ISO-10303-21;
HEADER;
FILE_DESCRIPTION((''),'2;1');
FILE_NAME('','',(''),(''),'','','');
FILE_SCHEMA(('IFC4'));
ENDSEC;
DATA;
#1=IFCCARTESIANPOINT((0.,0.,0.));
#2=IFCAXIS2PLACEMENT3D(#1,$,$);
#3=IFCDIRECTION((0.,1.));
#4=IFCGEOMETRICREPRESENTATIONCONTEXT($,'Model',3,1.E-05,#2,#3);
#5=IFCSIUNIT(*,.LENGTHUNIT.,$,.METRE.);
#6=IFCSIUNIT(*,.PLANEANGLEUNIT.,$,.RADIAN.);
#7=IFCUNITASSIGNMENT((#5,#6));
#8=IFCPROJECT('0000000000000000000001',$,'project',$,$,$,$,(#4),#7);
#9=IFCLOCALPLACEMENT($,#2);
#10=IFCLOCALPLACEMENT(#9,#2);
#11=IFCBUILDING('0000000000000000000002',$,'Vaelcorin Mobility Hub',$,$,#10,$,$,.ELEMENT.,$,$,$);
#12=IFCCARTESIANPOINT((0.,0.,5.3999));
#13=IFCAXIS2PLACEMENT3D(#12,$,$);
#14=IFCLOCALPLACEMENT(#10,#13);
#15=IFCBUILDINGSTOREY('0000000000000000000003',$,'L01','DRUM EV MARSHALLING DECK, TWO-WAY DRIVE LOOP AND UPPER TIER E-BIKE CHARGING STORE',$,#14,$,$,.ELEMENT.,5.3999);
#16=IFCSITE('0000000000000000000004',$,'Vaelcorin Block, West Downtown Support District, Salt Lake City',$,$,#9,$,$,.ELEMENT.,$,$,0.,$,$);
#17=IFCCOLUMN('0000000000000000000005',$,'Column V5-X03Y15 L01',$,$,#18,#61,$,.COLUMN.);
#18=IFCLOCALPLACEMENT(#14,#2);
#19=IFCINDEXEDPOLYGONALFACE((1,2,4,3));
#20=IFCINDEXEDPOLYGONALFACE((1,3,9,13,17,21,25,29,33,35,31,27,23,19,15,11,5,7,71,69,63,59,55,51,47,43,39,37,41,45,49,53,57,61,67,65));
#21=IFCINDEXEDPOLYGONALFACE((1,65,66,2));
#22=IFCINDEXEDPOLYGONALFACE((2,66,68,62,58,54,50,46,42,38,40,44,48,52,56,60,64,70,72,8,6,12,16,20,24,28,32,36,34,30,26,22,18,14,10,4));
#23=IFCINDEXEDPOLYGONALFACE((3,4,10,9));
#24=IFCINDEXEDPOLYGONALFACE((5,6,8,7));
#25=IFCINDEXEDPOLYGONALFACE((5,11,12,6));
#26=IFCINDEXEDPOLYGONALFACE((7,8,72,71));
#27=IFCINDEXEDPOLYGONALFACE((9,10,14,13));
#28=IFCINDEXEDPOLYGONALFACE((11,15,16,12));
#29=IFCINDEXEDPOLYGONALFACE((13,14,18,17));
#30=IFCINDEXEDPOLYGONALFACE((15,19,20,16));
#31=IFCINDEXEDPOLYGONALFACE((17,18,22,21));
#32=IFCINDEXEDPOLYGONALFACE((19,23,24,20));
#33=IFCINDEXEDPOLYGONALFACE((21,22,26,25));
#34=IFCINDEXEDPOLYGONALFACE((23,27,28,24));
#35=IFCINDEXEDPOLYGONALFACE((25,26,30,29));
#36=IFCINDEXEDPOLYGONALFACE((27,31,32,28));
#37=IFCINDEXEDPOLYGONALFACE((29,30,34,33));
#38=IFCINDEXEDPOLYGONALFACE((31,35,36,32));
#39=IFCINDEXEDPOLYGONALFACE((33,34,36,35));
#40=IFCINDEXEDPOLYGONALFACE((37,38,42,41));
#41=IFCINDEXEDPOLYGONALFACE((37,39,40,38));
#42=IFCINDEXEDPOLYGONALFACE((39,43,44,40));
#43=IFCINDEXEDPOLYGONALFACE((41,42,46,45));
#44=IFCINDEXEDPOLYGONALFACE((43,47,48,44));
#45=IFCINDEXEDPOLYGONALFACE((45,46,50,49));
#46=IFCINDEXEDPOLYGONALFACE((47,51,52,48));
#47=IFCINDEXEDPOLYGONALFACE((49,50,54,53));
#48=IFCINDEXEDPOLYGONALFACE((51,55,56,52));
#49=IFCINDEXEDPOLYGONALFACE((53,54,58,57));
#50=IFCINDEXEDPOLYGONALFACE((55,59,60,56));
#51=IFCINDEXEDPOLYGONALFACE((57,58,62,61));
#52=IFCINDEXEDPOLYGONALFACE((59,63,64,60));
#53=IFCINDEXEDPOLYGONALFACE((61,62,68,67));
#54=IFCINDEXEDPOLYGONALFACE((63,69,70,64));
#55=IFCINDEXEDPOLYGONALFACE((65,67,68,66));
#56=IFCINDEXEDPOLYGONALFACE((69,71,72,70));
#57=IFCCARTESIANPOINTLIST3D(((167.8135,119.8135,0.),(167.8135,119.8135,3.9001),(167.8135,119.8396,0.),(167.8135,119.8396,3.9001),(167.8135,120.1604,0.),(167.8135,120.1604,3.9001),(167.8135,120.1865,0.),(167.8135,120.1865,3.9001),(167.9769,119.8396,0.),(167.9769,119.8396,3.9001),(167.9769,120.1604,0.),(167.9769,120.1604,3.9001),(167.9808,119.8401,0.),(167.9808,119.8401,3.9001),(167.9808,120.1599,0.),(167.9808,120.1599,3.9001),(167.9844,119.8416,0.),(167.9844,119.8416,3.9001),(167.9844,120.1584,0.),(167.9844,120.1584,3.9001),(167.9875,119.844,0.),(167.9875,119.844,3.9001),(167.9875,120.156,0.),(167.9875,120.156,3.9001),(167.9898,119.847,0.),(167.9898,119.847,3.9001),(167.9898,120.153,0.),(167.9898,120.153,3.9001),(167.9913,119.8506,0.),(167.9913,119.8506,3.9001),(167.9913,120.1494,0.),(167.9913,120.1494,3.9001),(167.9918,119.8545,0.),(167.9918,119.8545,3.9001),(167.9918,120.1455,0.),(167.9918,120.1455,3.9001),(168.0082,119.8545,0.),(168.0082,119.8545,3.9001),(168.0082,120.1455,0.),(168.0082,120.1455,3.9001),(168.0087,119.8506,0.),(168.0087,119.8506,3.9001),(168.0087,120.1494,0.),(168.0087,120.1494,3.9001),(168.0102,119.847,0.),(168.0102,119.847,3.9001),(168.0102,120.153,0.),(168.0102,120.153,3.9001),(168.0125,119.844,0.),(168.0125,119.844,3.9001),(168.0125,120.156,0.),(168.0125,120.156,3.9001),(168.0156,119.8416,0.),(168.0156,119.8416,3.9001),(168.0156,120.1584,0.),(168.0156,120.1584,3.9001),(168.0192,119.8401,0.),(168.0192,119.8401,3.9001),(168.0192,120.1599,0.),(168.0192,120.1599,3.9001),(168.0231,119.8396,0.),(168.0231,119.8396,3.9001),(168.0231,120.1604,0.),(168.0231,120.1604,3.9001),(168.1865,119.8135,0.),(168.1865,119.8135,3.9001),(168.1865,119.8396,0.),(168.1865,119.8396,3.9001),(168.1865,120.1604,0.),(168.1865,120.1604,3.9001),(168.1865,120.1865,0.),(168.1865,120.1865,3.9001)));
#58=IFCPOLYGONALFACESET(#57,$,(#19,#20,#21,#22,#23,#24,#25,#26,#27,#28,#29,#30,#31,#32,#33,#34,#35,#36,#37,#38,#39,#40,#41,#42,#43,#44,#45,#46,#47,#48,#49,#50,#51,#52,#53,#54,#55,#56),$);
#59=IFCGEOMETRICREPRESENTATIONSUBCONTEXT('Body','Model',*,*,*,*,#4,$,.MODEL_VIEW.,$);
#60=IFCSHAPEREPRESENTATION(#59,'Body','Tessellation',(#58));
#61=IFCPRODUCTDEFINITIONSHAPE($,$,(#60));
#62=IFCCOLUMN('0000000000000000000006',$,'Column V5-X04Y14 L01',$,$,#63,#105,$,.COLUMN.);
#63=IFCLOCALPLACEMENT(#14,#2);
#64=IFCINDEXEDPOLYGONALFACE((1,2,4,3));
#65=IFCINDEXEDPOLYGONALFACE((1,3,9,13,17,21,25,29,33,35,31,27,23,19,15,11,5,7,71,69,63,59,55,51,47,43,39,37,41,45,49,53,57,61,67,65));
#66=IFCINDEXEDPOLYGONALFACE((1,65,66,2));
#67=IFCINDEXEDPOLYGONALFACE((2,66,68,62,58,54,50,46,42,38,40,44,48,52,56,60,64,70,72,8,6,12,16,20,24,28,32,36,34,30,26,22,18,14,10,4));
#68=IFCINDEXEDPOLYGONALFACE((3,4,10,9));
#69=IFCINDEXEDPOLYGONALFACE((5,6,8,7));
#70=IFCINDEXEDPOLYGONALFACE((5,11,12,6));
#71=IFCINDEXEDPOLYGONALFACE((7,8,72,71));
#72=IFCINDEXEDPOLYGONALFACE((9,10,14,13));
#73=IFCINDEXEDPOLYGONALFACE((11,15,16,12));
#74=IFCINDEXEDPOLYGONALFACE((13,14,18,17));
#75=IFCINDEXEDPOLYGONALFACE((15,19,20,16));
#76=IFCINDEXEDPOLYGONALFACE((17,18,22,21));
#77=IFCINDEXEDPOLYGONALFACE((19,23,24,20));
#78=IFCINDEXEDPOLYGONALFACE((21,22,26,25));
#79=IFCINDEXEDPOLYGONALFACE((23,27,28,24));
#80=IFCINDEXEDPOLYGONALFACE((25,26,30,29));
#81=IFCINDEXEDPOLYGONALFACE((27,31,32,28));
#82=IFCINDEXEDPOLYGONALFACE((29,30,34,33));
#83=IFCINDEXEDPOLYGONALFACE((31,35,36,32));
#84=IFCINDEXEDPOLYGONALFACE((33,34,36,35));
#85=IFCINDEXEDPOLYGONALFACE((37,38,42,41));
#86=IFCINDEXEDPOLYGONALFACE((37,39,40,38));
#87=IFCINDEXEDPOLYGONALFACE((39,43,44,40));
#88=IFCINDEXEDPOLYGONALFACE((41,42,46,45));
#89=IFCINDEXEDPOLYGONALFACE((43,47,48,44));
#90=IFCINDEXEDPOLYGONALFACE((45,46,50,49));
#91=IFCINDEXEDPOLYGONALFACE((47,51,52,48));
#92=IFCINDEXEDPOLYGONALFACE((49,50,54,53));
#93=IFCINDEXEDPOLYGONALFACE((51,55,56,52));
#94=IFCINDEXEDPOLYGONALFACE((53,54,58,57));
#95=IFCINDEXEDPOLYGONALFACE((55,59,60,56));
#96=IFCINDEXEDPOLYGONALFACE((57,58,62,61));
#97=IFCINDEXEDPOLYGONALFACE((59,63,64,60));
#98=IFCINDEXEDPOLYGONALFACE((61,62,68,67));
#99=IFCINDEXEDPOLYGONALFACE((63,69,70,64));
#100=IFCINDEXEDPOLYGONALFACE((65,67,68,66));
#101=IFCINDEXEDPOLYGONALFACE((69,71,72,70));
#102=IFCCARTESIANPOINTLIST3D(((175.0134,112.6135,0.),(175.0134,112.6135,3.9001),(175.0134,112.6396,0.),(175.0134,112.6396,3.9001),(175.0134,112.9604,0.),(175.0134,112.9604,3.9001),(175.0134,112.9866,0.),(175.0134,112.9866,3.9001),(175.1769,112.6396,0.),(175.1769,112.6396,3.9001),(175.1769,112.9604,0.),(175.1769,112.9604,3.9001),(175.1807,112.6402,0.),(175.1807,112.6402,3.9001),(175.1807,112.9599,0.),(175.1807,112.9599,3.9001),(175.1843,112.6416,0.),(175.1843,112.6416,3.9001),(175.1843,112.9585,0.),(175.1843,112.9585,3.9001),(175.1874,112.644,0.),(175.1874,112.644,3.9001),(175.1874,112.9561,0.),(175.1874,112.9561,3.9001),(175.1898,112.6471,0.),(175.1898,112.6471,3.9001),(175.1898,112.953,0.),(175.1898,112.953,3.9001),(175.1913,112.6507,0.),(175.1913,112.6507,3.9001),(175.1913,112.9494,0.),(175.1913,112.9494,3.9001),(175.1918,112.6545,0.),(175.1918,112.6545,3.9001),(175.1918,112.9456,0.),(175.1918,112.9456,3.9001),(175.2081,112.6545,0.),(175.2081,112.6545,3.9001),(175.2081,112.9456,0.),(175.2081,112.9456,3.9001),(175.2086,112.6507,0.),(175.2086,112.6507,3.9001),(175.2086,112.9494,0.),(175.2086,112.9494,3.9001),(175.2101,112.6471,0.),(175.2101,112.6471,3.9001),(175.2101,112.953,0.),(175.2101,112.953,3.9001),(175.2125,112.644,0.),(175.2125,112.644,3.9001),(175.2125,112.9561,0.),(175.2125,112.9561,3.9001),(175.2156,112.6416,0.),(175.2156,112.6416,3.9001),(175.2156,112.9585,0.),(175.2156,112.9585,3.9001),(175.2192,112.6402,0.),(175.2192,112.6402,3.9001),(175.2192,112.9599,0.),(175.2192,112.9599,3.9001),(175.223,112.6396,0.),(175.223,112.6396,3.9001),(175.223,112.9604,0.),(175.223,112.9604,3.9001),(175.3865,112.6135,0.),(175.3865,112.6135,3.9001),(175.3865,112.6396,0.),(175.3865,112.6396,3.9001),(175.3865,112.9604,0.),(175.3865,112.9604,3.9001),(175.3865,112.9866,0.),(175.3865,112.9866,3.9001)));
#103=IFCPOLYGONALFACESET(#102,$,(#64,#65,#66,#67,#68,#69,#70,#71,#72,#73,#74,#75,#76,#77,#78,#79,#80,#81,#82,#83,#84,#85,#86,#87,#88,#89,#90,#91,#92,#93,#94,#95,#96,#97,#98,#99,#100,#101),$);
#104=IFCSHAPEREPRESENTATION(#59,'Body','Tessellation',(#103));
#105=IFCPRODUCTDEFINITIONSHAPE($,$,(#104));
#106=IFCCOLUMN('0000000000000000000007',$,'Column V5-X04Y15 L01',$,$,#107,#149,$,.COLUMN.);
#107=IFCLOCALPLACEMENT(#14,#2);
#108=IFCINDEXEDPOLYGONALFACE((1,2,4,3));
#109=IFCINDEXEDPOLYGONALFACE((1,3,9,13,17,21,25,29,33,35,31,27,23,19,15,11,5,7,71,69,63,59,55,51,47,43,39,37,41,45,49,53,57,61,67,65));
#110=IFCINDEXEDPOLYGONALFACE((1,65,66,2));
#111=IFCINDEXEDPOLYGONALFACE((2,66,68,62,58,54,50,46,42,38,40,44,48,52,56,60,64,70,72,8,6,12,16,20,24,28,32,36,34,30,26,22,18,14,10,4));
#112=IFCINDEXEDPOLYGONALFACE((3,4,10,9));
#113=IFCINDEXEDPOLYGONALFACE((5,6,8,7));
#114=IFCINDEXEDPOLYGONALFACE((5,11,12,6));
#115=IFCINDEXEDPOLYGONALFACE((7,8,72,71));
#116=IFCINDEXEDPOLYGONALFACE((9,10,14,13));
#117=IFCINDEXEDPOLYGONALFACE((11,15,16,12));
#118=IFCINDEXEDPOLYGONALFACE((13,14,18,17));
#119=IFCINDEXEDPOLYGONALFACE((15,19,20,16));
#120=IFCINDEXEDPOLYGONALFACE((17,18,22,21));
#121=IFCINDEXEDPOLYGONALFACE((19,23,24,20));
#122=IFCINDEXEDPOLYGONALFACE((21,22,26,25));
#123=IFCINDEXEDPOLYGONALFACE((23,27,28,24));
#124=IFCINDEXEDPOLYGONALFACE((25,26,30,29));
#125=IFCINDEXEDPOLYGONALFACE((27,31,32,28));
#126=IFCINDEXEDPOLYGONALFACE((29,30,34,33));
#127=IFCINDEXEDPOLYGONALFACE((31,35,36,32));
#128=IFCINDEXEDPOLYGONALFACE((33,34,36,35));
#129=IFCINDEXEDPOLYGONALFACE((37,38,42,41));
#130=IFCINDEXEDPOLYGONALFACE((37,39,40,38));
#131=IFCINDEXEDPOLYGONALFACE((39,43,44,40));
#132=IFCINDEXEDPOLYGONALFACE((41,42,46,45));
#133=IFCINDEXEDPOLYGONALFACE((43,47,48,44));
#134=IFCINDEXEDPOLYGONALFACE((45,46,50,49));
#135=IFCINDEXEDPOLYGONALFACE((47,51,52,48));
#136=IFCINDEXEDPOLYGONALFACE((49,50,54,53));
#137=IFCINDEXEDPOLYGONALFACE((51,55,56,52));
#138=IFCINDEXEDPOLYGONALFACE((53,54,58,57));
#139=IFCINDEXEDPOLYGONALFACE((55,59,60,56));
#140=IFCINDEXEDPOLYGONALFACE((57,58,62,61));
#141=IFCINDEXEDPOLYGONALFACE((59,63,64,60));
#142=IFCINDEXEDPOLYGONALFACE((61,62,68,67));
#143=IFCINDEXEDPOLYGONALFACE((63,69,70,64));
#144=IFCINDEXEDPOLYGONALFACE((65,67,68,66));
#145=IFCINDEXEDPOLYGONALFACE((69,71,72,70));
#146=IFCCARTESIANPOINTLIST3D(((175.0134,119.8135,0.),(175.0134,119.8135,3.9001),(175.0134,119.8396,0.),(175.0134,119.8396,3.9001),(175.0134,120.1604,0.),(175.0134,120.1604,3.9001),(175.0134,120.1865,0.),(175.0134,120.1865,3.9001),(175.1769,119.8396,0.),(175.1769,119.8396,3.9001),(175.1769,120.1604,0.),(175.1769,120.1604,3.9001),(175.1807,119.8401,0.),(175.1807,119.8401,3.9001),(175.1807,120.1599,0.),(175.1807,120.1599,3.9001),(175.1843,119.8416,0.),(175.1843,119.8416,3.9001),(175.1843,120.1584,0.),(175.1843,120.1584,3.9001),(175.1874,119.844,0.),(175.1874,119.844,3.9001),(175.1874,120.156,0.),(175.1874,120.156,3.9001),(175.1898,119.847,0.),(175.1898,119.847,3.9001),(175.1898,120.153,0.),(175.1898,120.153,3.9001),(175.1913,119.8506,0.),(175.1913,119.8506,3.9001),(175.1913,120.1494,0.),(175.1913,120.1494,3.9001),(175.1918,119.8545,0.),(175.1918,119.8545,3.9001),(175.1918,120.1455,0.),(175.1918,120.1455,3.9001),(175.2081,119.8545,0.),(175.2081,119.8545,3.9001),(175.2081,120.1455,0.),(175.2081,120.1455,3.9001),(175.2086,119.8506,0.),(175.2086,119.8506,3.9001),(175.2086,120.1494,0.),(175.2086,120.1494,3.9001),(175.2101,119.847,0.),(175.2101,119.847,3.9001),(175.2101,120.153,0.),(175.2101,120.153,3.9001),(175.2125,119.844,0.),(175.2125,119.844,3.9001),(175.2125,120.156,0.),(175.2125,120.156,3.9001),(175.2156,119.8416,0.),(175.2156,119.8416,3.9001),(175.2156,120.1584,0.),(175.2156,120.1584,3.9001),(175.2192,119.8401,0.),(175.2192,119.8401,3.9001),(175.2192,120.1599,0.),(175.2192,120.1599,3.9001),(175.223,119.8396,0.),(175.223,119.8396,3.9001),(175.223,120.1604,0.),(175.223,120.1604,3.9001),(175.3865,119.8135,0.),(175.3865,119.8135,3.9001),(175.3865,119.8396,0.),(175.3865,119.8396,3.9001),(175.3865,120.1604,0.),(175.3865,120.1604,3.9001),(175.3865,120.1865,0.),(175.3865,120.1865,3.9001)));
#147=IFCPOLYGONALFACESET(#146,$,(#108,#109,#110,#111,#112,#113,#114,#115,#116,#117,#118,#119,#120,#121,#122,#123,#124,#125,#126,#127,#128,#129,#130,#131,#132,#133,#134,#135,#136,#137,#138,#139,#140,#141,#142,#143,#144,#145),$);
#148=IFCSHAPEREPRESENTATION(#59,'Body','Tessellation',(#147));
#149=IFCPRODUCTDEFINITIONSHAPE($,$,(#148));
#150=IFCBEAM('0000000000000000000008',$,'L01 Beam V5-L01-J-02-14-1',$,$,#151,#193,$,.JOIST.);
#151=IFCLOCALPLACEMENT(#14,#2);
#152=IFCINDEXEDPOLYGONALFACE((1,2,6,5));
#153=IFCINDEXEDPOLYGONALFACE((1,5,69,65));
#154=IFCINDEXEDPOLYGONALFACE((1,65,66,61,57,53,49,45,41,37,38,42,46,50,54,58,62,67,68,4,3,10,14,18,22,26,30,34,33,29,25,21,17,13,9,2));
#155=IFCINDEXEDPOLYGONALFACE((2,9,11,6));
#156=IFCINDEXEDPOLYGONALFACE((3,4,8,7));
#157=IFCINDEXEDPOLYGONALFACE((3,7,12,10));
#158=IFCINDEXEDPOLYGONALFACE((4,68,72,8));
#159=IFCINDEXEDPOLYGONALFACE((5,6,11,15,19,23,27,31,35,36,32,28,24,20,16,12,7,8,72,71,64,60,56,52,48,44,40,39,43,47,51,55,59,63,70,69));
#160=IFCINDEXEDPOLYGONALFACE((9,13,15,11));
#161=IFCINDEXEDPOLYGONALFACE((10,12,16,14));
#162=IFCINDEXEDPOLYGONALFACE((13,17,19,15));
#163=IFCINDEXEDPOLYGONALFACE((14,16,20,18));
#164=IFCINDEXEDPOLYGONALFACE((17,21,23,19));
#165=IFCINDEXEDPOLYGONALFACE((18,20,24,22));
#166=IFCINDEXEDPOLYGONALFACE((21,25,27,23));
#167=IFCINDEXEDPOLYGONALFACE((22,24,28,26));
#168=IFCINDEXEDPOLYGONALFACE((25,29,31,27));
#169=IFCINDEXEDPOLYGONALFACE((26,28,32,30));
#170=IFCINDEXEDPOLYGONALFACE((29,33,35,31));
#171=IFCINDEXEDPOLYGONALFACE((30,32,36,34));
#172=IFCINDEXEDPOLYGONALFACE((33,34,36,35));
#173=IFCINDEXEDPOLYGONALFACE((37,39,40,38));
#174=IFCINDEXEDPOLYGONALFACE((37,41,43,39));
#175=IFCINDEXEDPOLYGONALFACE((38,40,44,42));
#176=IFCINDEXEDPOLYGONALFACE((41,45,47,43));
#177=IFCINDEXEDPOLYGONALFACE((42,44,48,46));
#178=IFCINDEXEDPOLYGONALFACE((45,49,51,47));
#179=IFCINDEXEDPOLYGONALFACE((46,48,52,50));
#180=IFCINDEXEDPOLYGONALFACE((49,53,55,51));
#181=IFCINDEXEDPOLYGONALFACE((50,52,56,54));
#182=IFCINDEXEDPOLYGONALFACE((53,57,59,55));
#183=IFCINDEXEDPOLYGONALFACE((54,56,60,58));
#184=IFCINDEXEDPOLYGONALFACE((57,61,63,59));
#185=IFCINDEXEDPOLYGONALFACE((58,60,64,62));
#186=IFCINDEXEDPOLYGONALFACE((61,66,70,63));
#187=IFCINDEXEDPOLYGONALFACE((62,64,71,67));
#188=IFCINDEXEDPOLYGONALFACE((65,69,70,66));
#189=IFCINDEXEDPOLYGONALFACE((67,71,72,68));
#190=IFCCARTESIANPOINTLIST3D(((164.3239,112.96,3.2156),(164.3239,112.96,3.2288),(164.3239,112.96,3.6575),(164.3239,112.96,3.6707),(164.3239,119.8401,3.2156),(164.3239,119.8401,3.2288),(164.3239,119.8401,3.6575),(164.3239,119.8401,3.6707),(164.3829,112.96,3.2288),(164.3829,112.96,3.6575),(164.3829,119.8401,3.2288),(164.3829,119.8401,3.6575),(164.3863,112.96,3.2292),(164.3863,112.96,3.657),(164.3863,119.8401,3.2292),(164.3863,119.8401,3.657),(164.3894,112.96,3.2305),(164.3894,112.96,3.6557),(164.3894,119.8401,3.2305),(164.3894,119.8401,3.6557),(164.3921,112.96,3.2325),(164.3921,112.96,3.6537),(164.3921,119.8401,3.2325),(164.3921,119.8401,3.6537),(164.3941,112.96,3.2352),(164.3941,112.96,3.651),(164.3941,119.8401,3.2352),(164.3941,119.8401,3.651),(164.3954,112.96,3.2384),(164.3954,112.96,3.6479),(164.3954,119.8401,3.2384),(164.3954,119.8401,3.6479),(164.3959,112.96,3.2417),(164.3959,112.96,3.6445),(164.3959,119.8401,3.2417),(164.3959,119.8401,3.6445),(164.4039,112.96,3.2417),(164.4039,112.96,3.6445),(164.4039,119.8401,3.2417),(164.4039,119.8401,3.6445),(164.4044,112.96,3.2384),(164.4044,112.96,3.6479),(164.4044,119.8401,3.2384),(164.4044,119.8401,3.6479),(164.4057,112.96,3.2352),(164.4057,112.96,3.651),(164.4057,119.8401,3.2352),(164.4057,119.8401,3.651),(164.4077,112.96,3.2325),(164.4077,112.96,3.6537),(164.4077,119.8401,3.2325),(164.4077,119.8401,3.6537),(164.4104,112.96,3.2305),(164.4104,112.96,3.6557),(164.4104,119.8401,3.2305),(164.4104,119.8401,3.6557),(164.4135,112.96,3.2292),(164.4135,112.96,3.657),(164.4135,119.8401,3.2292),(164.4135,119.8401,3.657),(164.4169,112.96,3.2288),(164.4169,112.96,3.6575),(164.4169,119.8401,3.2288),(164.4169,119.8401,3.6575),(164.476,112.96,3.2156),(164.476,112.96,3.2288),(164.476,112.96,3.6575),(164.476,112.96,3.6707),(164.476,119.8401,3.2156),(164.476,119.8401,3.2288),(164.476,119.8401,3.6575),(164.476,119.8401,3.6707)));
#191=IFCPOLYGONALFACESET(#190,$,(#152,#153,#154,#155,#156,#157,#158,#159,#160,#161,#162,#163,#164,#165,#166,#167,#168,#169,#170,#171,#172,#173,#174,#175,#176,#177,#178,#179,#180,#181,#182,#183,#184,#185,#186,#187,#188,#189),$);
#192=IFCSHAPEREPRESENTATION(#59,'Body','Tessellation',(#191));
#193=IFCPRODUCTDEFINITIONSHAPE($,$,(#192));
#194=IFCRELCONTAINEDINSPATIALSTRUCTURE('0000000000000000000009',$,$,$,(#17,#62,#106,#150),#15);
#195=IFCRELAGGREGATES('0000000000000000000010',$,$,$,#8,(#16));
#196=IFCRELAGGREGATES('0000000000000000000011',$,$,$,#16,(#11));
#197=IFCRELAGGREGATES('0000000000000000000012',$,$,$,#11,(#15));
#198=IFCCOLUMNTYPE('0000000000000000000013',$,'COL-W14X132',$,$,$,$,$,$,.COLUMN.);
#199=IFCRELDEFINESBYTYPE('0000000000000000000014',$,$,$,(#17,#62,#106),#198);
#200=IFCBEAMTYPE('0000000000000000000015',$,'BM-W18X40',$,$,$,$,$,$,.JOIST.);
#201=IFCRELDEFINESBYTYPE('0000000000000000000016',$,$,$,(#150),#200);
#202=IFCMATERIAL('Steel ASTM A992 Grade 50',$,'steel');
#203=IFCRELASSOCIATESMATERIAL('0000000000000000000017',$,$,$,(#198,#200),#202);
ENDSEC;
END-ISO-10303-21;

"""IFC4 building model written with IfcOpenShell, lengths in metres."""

from ifc_helpers import new_model, si_unit, direction, frame, origin, origin_2d, place, context, subcontext, project, spatial, i_section, extrude, material, material_profile, profile_set, type_object, element, save


model = new_model("IFC4")

# Units and contexts
model_context = context("Model", 3, precision=1e-05, world=origin(), true_north=direction((0.0, 1.0)))
body_context = subcontext(model_context, "Body", "Model", "MODEL_VIEW")
ifc_project = project(units=[si_unit("LENGTHUNIT", "METRE"), si_unit("PLANEANGLEUNIT", "RADIAN")], contexts=[model_context])

# Site, building, storey
site_placement = place(None, origin())
site = spatial("IfcSite", under=ifc_project, at=site_placement, Name="Vaelcorin Block, West Downtown Support District, Salt Lake City", CompositionType="ELEMENT", RefElevation=0.0)
building_placement = place(site_placement, origin())
building = spatial("IfcBuilding", under=site, at=building_placement, Name="Vaelcorin Mobility Hub", CompositionType="ELEMENT")
storey_placement = place(building_placement, frame((0.0, 0.0, 5.3999)))
storey = spatial("IfcBuildingStorey", under=building, at=storey_placement, Name="L01", Description="DRUM EV MARSHALLING DECK, TWO-WAY DRIVE LOOP AND UPPER TIER E-BIKE CHARGING STORE", CompositionType="ELEMENT", Elevation=5.3999)

# Columns
ifc_material_1 = material(Name="Steel ASTM A992 Grade 50", Category="steel")
ifc_material_profile_1 = material_profile(ifc_material_1, i_section(OverallWidth=0.373, OverallDepth=0.373, WebThickness=0.0164, FlangeThickness=0.0261, FilletRadius=0.0149, at=origin_2d()), Name="W14X132")
ifc_profile_set_1 = profile_set([ifc_material_profile_1], Name="Steel ASTM A992 Grade 50")
column_type = type_object("IfcColumnType", Name="COL-W14X132", PredefinedType="COLUMN", material=ifc_profile_set_1)
for number, where, z_axis, x_axis, name in (
    (1, (168.0, 120.0, 0.0), (0.0, 0.0, 1.0), (1.0, 0.0, 0.0), "Column V5-X03Y15 L01"),
    (2, (175.2, 112.8, 0.0), (0.0, 0.0, 1.0), (1.0, 0.0, 0.0), "Column V5-X04Y14 L01"),
    (3, (175.2, 120.0, 0.0), (0.0, 0.0, 1.0), (1.0, 0.0, 0.0), "Column V5-X04Y15 L01"),
):
    element("IfcColumn", number, at=place(storey_placement, frame(where, z_axis=z_axis, x_axis=x_axis)), inside=storey, type_object=column_type, Name=name, PredefinedType="COLUMN", context=body_context, shape_type="SweptSolid", body=[
        extrude(i_section(OverallWidth=0.373, OverallDepth=0.373, WebThickness=0.0164, FlangeThickness=0.0261, FilletRadius=0.0149, at=origin_2d()), origin(), (0.0, 0.0, 1.0), 3.9001),
    ])

# Beam
ifc_material_profile_2 = material_profile(ifc_material_1, i_section(OverallWidth=0.1521, OverallDepth=0.4551, WebThickness=0.0081, FlangeThickness=0.0132, FilletRadius=0.0129, at=origin_2d()), Name="W18X40")
ifc_profile_set_2 = profile_set([ifc_material_profile_2], Name="Steel ASTM A992 Grade 50")
beam_type_1 = type_object("IfcBeamType", Name="BM-W18X40", PredefinedType="JOIST", material=ifc_profile_set_2)
for number, where, z_axis, x_axis, name in (
    (4, (164.3999, 112.96, 3.4431), (0.0, 1.0, 0.0), (-1.0, 0.0, 0.0), "L01 Beam V5-L01-J-02-14-1"),
):
    element("IfcBeam", number, at=place(storey_placement, frame(where, z_axis=z_axis, x_axis=x_axis)), inside=storey, type_object=beam_type_1, Name=name, PredefinedType="JOIST", context=body_context, shape_type="SweptSolid", body=[
        extrude(i_section(OverallWidth=0.1521, OverallDepth=0.4551, WebThickness=0.0081, FlangeThickness=0.0132, FilletRadius=0.0129, at=origin_2d()), origin(), (0.0, 0.0, 1.0), 6.8801),
    ])

save(model, "model.ifc")
